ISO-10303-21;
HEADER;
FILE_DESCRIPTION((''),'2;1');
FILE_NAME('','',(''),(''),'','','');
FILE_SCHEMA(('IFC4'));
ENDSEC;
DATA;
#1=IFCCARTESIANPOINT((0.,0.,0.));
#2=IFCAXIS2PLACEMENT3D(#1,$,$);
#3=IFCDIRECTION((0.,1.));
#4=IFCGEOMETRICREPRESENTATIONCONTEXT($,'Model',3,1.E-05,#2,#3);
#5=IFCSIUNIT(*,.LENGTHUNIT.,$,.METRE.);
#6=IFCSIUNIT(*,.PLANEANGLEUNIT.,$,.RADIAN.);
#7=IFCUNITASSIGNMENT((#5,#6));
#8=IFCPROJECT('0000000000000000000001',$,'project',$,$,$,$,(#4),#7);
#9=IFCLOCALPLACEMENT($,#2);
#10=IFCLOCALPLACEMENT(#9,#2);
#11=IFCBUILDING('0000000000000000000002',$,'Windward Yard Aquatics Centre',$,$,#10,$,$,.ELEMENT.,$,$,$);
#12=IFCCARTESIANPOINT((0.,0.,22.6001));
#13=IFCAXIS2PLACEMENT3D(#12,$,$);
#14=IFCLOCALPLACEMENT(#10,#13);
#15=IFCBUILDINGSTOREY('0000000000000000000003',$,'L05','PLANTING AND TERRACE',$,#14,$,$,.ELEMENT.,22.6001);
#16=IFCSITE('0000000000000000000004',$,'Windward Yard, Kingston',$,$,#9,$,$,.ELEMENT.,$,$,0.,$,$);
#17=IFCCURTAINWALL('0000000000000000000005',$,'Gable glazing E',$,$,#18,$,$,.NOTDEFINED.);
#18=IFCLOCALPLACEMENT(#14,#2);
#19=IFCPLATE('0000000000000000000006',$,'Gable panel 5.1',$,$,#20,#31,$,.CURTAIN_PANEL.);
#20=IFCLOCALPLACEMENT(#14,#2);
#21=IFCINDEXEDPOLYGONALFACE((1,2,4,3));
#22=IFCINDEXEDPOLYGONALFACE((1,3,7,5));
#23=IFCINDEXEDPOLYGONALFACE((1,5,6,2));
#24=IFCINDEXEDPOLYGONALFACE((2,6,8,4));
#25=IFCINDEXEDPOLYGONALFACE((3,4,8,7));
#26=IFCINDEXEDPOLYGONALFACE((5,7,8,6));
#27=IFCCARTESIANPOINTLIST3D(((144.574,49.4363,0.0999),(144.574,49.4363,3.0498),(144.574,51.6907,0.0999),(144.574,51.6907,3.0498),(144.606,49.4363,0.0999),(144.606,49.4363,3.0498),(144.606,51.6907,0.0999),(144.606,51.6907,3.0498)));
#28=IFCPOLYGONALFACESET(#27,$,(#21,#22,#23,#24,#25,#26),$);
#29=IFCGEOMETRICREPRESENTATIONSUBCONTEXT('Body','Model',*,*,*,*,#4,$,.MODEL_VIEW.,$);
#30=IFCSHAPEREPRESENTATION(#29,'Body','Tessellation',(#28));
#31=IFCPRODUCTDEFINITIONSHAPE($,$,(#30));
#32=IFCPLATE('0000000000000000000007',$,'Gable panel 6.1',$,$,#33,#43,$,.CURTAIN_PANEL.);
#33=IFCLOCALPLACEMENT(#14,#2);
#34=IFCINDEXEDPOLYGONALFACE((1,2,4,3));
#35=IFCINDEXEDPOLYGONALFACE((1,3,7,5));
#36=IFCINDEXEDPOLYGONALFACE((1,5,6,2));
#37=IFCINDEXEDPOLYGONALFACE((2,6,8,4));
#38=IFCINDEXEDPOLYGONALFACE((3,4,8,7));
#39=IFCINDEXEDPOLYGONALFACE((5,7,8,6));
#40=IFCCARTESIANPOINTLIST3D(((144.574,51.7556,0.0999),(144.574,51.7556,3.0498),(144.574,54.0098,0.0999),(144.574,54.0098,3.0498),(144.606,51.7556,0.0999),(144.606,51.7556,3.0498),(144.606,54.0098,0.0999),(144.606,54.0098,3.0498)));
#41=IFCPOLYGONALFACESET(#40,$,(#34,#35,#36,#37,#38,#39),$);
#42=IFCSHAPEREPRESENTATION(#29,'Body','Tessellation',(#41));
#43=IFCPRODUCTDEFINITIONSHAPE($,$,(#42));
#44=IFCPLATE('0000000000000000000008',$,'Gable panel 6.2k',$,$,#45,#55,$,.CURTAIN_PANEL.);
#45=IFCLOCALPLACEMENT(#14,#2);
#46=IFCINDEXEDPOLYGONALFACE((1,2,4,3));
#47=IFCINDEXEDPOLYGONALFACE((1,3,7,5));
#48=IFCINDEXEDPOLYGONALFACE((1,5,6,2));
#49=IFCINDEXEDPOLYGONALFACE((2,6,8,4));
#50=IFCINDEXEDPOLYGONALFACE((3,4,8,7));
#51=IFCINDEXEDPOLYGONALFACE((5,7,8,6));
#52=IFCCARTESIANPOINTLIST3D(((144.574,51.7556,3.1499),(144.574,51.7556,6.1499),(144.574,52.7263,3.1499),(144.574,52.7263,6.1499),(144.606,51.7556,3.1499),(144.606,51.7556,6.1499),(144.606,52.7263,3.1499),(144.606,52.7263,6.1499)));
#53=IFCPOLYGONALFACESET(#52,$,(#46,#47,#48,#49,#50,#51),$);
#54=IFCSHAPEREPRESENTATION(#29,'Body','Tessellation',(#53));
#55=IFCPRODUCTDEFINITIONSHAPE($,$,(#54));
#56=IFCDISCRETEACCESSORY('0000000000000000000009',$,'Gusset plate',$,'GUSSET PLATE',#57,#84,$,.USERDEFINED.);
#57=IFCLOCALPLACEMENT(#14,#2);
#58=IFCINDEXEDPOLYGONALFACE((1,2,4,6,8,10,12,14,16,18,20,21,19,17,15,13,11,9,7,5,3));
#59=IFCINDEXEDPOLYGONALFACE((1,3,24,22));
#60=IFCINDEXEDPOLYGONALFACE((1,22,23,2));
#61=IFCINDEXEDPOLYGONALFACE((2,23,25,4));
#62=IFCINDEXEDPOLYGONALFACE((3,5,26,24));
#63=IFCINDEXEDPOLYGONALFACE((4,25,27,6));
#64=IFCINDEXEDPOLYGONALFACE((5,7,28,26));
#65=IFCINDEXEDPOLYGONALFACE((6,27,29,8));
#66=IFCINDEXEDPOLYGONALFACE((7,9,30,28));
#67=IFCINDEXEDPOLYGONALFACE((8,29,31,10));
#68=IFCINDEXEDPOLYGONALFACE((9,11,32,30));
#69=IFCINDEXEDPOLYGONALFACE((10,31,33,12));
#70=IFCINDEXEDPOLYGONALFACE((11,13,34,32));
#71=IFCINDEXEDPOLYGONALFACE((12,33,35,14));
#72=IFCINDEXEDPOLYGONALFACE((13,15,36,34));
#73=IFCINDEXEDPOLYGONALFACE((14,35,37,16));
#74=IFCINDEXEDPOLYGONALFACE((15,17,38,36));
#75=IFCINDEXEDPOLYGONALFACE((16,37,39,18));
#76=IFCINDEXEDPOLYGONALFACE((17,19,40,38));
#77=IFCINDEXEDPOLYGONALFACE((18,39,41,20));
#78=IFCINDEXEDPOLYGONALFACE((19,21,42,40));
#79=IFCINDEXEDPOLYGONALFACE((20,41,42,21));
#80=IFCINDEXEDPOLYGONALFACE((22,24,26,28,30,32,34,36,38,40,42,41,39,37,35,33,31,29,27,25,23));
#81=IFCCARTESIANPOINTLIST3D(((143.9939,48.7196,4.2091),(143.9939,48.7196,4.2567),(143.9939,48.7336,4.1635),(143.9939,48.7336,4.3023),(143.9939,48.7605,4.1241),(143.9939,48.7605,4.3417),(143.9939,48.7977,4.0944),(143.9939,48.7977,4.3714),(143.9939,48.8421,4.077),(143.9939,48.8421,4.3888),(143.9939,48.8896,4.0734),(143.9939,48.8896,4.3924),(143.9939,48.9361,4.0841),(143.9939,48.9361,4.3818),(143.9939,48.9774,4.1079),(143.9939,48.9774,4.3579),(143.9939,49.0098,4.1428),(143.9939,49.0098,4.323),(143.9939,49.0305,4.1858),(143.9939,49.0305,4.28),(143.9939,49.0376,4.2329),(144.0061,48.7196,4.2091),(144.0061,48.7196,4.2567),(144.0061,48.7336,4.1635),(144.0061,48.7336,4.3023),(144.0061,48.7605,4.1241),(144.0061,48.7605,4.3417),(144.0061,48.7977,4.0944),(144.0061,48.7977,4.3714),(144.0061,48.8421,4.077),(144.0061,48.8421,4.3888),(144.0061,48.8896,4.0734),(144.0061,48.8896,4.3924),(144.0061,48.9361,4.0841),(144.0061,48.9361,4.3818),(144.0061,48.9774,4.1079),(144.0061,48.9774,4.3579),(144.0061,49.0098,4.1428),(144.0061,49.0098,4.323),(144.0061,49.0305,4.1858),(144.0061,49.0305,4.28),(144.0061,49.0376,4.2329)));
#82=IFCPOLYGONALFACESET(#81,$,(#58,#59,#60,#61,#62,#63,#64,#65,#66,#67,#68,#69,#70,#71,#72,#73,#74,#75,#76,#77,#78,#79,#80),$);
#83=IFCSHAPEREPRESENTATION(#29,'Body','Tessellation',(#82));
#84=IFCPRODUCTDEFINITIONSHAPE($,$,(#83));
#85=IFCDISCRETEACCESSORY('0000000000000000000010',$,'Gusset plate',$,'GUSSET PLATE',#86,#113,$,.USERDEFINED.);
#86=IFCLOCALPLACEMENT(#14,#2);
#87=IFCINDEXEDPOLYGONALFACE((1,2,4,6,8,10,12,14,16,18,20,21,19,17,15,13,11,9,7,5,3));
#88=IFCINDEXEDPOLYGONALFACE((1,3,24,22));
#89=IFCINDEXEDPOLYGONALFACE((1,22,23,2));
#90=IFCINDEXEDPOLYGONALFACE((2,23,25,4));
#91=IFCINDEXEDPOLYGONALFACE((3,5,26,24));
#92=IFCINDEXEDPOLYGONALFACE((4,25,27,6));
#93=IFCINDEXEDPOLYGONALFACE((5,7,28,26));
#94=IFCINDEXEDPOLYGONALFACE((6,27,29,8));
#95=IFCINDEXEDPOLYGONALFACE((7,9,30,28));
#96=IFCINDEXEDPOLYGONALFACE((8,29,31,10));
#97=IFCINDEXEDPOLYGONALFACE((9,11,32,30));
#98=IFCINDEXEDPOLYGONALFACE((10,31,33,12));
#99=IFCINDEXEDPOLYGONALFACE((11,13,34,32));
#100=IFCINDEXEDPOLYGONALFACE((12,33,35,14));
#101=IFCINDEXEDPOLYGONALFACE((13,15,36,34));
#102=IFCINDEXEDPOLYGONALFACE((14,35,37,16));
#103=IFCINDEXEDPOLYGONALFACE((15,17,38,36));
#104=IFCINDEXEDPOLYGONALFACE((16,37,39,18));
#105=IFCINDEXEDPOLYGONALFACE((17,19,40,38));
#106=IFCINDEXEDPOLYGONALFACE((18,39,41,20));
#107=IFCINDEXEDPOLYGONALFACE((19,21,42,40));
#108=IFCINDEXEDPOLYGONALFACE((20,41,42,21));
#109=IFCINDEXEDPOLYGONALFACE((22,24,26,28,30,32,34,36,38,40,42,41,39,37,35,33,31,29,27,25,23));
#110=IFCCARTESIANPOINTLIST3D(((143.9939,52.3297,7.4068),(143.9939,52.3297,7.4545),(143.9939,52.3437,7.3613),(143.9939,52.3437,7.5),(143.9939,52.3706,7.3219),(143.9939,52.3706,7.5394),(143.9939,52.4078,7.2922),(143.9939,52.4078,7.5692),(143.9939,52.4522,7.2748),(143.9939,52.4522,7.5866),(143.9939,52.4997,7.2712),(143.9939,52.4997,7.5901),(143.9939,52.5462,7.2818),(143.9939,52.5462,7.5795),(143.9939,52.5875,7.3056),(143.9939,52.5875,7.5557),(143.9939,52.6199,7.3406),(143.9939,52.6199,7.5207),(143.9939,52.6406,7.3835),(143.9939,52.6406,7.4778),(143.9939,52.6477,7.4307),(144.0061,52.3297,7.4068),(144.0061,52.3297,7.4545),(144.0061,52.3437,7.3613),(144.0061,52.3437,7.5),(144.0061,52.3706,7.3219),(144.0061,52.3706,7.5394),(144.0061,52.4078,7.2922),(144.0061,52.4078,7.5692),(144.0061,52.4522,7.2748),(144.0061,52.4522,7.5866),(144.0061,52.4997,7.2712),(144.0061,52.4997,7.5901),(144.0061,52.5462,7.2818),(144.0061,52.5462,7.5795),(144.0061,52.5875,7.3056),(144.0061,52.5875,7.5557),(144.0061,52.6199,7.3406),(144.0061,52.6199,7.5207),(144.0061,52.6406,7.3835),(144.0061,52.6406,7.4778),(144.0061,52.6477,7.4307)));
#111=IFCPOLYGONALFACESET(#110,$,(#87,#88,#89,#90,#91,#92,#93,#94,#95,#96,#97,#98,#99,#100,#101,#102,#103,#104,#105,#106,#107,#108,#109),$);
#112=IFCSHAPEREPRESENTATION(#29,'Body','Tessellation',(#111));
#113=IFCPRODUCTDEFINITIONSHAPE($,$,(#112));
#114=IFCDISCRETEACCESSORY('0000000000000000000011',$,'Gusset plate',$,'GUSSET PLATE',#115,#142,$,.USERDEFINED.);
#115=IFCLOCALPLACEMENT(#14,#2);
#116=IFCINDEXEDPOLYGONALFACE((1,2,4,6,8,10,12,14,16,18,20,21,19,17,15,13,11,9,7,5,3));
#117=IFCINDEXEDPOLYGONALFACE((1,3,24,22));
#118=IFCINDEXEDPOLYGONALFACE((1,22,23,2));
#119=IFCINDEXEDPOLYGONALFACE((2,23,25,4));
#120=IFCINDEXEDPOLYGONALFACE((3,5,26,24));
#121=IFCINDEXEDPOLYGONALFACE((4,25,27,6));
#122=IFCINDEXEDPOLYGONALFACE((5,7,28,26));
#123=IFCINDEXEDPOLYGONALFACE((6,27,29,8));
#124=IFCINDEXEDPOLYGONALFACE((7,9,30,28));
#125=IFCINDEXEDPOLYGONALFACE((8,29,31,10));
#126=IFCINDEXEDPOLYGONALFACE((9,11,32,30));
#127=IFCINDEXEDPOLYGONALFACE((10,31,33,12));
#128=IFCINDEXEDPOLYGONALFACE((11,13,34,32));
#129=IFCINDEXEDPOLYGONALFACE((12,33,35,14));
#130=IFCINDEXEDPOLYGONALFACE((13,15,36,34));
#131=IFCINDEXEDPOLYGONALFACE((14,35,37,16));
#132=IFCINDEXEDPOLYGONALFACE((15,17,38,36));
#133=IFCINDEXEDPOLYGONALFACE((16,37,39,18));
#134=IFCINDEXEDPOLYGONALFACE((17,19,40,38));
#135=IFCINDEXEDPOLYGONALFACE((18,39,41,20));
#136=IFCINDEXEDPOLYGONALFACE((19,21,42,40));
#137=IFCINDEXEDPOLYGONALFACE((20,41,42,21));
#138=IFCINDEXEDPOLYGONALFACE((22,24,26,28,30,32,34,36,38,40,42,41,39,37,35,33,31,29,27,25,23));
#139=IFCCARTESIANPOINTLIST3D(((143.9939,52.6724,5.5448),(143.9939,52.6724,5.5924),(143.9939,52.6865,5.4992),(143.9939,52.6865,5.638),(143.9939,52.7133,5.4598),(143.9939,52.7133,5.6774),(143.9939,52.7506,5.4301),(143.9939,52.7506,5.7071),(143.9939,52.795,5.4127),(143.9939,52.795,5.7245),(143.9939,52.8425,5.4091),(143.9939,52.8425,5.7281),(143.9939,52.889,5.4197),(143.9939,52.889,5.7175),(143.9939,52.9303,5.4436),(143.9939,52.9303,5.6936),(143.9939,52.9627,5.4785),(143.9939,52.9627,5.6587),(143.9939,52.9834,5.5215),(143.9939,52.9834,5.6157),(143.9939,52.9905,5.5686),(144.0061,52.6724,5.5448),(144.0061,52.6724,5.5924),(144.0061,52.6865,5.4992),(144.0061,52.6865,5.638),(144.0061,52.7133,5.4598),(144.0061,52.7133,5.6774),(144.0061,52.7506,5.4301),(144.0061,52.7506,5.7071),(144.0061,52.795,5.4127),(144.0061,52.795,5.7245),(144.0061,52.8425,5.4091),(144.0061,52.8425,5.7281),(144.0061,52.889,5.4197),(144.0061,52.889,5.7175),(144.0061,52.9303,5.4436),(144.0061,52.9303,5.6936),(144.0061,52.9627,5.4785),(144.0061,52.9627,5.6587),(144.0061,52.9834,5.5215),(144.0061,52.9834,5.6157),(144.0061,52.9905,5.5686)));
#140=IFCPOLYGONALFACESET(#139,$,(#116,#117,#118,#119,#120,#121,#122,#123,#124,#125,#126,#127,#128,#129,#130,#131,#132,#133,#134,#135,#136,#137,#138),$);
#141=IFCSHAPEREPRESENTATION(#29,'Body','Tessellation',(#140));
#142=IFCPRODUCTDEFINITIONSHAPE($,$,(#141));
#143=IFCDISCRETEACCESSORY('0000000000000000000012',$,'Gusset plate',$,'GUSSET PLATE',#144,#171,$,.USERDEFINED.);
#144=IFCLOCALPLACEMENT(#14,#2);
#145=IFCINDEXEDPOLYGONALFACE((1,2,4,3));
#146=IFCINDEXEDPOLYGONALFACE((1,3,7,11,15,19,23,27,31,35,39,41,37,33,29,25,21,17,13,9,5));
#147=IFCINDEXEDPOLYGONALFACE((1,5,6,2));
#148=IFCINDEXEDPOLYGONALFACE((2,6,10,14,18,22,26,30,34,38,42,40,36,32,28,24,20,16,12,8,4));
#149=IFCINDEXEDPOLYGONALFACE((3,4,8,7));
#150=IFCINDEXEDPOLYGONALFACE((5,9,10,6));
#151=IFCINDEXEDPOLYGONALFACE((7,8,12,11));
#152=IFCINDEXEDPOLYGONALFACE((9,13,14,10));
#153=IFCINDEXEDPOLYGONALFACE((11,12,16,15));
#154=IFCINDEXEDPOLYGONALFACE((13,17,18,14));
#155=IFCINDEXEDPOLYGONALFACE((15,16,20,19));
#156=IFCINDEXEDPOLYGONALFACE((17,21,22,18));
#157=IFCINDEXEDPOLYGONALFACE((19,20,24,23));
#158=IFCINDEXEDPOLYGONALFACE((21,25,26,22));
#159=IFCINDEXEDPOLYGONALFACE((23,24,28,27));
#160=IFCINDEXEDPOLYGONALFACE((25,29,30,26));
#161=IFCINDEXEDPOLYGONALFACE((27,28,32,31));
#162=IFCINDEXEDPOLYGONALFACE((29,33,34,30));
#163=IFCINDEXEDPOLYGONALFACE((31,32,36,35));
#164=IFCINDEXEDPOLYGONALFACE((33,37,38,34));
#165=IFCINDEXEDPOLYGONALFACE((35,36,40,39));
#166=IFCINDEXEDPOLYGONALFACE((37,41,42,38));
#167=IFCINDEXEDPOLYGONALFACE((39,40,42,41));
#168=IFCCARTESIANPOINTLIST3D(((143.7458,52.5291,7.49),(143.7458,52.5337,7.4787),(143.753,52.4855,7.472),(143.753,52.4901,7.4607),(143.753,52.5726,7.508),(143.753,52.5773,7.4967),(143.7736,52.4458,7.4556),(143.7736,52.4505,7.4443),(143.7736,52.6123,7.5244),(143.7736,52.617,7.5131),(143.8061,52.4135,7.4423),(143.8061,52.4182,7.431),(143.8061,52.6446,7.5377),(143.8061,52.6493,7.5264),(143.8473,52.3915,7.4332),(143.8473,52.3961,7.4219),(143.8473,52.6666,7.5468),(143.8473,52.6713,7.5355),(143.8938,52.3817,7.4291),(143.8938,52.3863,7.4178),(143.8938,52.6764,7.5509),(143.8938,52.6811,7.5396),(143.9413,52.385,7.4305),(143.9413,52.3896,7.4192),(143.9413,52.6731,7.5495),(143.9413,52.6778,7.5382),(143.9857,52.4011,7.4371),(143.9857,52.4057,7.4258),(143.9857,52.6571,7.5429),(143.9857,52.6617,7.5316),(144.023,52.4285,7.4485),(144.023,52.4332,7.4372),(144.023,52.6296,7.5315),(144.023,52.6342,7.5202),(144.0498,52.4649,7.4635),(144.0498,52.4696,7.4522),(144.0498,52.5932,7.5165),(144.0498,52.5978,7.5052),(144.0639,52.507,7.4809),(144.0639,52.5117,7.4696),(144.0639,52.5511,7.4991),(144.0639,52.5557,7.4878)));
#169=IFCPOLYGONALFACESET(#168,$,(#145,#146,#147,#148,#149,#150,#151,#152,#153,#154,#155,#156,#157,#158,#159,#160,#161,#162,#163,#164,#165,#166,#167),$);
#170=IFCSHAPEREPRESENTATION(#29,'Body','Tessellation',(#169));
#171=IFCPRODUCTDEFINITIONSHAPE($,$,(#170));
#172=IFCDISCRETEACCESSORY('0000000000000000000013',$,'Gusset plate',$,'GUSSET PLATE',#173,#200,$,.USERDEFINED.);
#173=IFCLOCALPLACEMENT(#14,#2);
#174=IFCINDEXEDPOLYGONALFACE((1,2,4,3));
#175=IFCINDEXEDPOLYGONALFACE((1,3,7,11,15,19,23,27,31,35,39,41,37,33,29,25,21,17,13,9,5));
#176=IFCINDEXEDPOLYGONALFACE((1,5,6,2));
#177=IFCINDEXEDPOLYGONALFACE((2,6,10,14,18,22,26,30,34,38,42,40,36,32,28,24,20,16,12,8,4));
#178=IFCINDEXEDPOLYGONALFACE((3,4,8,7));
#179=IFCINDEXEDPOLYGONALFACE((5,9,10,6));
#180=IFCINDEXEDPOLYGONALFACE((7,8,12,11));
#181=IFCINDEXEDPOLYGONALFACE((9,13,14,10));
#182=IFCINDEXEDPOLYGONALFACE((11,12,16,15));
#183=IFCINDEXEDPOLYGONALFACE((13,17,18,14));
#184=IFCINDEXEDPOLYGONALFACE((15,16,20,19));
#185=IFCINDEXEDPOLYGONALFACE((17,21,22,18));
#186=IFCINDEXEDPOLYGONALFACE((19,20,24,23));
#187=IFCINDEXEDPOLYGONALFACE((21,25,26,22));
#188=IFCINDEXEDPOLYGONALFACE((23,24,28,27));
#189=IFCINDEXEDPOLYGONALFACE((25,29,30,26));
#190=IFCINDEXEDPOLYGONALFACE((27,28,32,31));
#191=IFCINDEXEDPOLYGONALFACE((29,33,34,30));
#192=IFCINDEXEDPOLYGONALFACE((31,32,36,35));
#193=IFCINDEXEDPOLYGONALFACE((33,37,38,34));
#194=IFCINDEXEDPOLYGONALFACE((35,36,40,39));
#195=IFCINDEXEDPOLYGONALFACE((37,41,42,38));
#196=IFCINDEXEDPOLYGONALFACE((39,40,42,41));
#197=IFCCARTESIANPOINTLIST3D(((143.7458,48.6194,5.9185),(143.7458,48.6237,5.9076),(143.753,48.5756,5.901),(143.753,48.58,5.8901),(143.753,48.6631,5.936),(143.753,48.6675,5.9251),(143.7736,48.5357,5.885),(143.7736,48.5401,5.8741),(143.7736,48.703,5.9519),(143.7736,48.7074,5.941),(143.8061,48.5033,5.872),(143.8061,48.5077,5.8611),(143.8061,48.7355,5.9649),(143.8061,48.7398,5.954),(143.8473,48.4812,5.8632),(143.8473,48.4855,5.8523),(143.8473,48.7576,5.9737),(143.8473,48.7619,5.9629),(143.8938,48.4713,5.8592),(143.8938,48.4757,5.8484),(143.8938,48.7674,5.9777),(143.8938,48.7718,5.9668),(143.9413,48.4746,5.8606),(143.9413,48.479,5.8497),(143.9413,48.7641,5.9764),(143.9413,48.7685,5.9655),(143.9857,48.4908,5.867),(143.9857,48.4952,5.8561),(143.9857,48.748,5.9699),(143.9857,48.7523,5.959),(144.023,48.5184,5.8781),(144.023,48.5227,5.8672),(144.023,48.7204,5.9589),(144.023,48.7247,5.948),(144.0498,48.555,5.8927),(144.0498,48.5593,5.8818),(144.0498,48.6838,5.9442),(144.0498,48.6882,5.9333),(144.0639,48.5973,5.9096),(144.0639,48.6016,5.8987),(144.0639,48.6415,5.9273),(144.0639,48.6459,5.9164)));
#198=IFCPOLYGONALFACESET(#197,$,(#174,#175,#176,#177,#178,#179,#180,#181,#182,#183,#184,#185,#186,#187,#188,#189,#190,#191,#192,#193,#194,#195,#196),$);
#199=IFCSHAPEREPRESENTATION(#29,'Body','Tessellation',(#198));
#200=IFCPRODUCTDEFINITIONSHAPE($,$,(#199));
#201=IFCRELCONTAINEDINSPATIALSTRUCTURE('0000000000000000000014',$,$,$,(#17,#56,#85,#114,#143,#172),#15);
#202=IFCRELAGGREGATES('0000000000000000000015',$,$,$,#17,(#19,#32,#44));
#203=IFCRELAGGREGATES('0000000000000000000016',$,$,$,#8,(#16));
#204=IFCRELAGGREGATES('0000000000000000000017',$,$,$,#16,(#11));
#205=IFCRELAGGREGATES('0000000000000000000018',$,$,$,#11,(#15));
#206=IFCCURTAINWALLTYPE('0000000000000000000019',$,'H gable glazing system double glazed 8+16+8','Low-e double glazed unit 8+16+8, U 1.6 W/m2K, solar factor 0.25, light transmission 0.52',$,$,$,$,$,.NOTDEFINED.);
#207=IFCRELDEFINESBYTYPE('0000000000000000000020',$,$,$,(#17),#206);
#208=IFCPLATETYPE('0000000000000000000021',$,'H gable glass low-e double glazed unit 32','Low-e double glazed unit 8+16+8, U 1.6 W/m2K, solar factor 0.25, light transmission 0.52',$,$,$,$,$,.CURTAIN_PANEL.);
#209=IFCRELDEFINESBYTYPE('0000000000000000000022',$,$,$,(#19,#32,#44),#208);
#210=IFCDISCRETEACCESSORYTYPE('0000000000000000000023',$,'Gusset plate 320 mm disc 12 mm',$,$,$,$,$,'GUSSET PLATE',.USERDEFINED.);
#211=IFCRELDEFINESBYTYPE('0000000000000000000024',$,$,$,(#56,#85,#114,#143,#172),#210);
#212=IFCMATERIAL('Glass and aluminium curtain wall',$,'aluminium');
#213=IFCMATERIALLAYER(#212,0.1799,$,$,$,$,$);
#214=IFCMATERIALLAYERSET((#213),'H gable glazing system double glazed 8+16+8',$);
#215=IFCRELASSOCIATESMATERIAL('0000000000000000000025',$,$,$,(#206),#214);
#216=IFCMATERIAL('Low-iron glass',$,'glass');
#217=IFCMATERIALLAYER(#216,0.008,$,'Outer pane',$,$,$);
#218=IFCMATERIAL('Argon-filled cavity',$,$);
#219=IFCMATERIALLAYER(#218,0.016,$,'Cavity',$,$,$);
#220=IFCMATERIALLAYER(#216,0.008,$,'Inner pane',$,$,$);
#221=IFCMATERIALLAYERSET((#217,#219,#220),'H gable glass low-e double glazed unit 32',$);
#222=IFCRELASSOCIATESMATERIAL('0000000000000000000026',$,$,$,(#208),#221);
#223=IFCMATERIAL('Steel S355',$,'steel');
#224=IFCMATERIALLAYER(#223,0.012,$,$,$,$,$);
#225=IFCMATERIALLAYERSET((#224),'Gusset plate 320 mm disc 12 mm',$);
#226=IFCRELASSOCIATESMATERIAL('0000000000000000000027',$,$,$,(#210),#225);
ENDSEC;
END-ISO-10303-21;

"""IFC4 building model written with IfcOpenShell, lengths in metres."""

from ifc_helpers import new_model, si_unit, direction, frame, origin, origin_2d, place, context, subcontext, project, spatial, polyline, circle, outline, extrude, material, layer, layer_set, type_object, element, aggregate, save


model = new_model("IFC4")

# Units and contexts
model_context = context("Model", 3, precision=1e-05, world=origin(), true_north=direction((0.0, 1.0)))
body_context = subcontext(model_context, "Body", "Model", "MODEL_VIEW")
ifc_project = project(units=[si_unit("LENGTHUNIT", "METRE"), si_unit("PLANEANGLEUNIT", "RADIAN")], contexts=[model_context])

# Site, building, storey
site_placement = place(None, origin())
site = spatial("IfcSite", under=ifc_project, at=site_placement, Name="Windward Yard, Kingston", CompositionType="ELEMENT", RefElevation=0.0)
building_placement = place(site_placement, origin())
building = spatial("IfcBuilding", under=site, at=building_placement, Name="Windward Yard Aquatics Centre", CompositionType="ELEMENT")
storey_placement = place(building_placement, frame((0.0, 0.0, 22.6001)))
storey = spatial("IfcBuildingStorey", under=building, at=storey_placement, Name="L05", Description="PLANTING AND TERRACE", CompositionType="ELEMENT", Elevation=22.6001)

# Curtain wall
ifc_material_1 = material(Name="Glass and aluminium curtain wall", Category="aluminium")
ifc_layer_1 = layer(ifc_material_1, 0.1799)
ifc_layer_set_1 = layer_set([ifc_layer_1], Name="H gable glazing system double glazed 8+16+8")
curtain_wall_type = type_object("IfcCurtainWallType", Name="H gable glazing system double glazed 8+16+8", Description="Low-e double glazed unit 8+16+8, U 1.6 W/m2K, solar factor 0.25, light transmission 0.52", PredefinedType="NOTDEFINED", material=ifc_layer_set_1)
curtain_wall_placement = place(storey_placement, origin())
curtain_wall = element("IfcCurtainWall", 1, at=curtain_wall_placement, inside=storey, type_object=curtain_wall_type, Name="Gable glazing E", PredefinedType="NOTDEFINED")

# Plates
ifc_material_2 = material(Name="Low-iron glass", Category="glass")
ifc_layer_2 = layer(ifc_material_2, 0.008, Name="Outer pane")
ifc_material_3 = material(Name="Argon-filled cavity")
ifc_layer_3 = layer(ifc_material_3, 0.016, Name="Cavity")
ifc_layer_4 = layer(ifc_material_2, 0.008, Name="Inner pane")
ifc_layer_set_2 = layer_set([ifc_layer_2, ifc_layer_3, ifc_layer_4], Name="H gable glass low-e double glazed unit 32")
plate_type = type_object("IfcPlateType", Name="H gable glass low-e double glazed unit 32", Description="Low-e double glazed unit 8+16+8, U 1.6 W/m2K, solar factor 0.25, light transmission 0.52", PredefinedType="CURTAIN_PANEL", material=ifc_layer_set_2)
plate_1_placement = place(storey_placement, frame((144.574, 49.4363, 0.0999), z_axis=(-1.0, 0.0, 0.0), x_axis=(0.0, 0.0, 1.0)))
plate_1 = element("IfcPlate", 2, at=plate_1_placement, type_object=plate_type, Name="Gable panel 5.1", PredefinedType="CURTAIN_PANEL", context=body_context, shape_type="SweptSolid", body=[
    extrude(outline(polyline([(0.0, 0.0), (2.95, 0.0), (2.95, 2.2544), (0.0, 2.2544), (0.0, 0.0)])), origin(), (0.0, 0.0, -1.0), 0.032),
])
plate_2_placement = place(storey_placement, frame((144.574, 51.7556, 0.0999), z_axis=(-1.0, 0.0, 0.0), x_axis=(0.0, 0.0, 1.0)))
plate_2 = element("IfcPlate", 3, at=plate_2_placement, type_object=plate_type, Name="Gable panel 6.1", PredefinedType="CURTAIN_PANEL", context=body_context, shape_type="SweptSolid", body=[
    extrude(outline(polyline([(0.0, 0.0), (2.95, 0.0), (2.95, 2.2542), (0.0, 2.2542), (0.0, 0.0)])), origin(), (0.0, 0.0, -1.0), 0.032),
])
plate_3_placement = place(storey_placement, frame((144.574, 51.7556, 3.1499), z_axis=(-1.0, 0.0, 0.0), x_axis=(0.0, 0.0, 1.0)))
plate_3 = element("IfcPlate", 4, at=plate_3_placement, type_object=plate_type, Name="Gable panel 6.2k", PredefinedType="CURTAIN_PANEL", context=body_context, shape_type="SweptSolid", body=[
    extrude(outline(polyline([(0.0, 0.0), (3.0, 0.0), (3.0, 0.9707), (0.0, 0.9707), (0.0, 0.0)])), origin(), (0.0, 0.0, -1.0), 0.032),
])

# Discrete accessories
ifc_material_4 = material(Name="Steel S355", Category="steel")
ifc_layer_5 = layer(ifc_material_4, 0.012)
ifc_layer_set_3 = layer_set([ifc_layer_5], Name="Gusset plate 320 mm disc 12 mm")
discrete_accessory_type = type_object("IfcDiscreteAccessoryType", Name="Gusset plate 320 mm disc 12 mm", ElementType="GUSSET PLATE", PredefinedType="USERDEFINED", material=ifc_layer_set_3)
for number, where, z_axis, x_axis, name in (
    (5, (143.9939, 48.8777, 4.2329), (1.0, 0.0, 0.0), (0.0, 1.0, 0.0), "Gusset plate"),
    (6, (143.9939, 52.4878, 7.4307), (1.0, 0.0, 0.0), (0.0, 1.0, 0.0), "Gusset plate"),
    (7, (143.9939, 52.8306, 5.5686), (1.0, 0.0, 0.0), (0.0, 1.0, 0.0), "Gusset plate"),
    (8, (143.9058, 52.5291, 7.49), (0.0, 0.38176, -0.924261), (-1.0, 0.0, 0.0), "Gusset plate"),
):
    element("IfcDiscreteAccessory", number, at=place(storey_placement, frame(where, z_axis=z_axis, x_axis=x_axis)), inside=storey, type_object=discrete_accessory_type, Name=name, ObjectType="GUSSET PLATE", PredefinedType="USERDEFINED", context=body_context, shape_type="SweptSolid", body=[
        extrude(circle(Radius=0.1599, at=origin_2d()), origin(), (0.0, 0.0, 1.0), 0.0122),
    ])
discrete_accessory_1_placement = place(storey_placement, frame((143.9058, 48.6194, 5.9185), z_axis=(0.0, 0.371391, -0.928477), x_axis=(-1.0, 0.0, 0.0)))
element("IfcDiscreteAccessory", 9, at=discrete_accessory_1_placement, inside=storey, type_object=discrete_accessory_type, Name="Gusset plate", ObjectType="GUSSET PLATE", PredefinedType="USERDEFINED", context=body_context, shape_type="SweptSolid", body=[
    extrude(circle(Radius=0.1599, at=origin_2d()), origin(), (0.0, 0.0, 1.0), 0.0117),
])

aggregate(curtain_wall, [plate_1, plate_2, plate_3])

save(model, "model.ifc")
